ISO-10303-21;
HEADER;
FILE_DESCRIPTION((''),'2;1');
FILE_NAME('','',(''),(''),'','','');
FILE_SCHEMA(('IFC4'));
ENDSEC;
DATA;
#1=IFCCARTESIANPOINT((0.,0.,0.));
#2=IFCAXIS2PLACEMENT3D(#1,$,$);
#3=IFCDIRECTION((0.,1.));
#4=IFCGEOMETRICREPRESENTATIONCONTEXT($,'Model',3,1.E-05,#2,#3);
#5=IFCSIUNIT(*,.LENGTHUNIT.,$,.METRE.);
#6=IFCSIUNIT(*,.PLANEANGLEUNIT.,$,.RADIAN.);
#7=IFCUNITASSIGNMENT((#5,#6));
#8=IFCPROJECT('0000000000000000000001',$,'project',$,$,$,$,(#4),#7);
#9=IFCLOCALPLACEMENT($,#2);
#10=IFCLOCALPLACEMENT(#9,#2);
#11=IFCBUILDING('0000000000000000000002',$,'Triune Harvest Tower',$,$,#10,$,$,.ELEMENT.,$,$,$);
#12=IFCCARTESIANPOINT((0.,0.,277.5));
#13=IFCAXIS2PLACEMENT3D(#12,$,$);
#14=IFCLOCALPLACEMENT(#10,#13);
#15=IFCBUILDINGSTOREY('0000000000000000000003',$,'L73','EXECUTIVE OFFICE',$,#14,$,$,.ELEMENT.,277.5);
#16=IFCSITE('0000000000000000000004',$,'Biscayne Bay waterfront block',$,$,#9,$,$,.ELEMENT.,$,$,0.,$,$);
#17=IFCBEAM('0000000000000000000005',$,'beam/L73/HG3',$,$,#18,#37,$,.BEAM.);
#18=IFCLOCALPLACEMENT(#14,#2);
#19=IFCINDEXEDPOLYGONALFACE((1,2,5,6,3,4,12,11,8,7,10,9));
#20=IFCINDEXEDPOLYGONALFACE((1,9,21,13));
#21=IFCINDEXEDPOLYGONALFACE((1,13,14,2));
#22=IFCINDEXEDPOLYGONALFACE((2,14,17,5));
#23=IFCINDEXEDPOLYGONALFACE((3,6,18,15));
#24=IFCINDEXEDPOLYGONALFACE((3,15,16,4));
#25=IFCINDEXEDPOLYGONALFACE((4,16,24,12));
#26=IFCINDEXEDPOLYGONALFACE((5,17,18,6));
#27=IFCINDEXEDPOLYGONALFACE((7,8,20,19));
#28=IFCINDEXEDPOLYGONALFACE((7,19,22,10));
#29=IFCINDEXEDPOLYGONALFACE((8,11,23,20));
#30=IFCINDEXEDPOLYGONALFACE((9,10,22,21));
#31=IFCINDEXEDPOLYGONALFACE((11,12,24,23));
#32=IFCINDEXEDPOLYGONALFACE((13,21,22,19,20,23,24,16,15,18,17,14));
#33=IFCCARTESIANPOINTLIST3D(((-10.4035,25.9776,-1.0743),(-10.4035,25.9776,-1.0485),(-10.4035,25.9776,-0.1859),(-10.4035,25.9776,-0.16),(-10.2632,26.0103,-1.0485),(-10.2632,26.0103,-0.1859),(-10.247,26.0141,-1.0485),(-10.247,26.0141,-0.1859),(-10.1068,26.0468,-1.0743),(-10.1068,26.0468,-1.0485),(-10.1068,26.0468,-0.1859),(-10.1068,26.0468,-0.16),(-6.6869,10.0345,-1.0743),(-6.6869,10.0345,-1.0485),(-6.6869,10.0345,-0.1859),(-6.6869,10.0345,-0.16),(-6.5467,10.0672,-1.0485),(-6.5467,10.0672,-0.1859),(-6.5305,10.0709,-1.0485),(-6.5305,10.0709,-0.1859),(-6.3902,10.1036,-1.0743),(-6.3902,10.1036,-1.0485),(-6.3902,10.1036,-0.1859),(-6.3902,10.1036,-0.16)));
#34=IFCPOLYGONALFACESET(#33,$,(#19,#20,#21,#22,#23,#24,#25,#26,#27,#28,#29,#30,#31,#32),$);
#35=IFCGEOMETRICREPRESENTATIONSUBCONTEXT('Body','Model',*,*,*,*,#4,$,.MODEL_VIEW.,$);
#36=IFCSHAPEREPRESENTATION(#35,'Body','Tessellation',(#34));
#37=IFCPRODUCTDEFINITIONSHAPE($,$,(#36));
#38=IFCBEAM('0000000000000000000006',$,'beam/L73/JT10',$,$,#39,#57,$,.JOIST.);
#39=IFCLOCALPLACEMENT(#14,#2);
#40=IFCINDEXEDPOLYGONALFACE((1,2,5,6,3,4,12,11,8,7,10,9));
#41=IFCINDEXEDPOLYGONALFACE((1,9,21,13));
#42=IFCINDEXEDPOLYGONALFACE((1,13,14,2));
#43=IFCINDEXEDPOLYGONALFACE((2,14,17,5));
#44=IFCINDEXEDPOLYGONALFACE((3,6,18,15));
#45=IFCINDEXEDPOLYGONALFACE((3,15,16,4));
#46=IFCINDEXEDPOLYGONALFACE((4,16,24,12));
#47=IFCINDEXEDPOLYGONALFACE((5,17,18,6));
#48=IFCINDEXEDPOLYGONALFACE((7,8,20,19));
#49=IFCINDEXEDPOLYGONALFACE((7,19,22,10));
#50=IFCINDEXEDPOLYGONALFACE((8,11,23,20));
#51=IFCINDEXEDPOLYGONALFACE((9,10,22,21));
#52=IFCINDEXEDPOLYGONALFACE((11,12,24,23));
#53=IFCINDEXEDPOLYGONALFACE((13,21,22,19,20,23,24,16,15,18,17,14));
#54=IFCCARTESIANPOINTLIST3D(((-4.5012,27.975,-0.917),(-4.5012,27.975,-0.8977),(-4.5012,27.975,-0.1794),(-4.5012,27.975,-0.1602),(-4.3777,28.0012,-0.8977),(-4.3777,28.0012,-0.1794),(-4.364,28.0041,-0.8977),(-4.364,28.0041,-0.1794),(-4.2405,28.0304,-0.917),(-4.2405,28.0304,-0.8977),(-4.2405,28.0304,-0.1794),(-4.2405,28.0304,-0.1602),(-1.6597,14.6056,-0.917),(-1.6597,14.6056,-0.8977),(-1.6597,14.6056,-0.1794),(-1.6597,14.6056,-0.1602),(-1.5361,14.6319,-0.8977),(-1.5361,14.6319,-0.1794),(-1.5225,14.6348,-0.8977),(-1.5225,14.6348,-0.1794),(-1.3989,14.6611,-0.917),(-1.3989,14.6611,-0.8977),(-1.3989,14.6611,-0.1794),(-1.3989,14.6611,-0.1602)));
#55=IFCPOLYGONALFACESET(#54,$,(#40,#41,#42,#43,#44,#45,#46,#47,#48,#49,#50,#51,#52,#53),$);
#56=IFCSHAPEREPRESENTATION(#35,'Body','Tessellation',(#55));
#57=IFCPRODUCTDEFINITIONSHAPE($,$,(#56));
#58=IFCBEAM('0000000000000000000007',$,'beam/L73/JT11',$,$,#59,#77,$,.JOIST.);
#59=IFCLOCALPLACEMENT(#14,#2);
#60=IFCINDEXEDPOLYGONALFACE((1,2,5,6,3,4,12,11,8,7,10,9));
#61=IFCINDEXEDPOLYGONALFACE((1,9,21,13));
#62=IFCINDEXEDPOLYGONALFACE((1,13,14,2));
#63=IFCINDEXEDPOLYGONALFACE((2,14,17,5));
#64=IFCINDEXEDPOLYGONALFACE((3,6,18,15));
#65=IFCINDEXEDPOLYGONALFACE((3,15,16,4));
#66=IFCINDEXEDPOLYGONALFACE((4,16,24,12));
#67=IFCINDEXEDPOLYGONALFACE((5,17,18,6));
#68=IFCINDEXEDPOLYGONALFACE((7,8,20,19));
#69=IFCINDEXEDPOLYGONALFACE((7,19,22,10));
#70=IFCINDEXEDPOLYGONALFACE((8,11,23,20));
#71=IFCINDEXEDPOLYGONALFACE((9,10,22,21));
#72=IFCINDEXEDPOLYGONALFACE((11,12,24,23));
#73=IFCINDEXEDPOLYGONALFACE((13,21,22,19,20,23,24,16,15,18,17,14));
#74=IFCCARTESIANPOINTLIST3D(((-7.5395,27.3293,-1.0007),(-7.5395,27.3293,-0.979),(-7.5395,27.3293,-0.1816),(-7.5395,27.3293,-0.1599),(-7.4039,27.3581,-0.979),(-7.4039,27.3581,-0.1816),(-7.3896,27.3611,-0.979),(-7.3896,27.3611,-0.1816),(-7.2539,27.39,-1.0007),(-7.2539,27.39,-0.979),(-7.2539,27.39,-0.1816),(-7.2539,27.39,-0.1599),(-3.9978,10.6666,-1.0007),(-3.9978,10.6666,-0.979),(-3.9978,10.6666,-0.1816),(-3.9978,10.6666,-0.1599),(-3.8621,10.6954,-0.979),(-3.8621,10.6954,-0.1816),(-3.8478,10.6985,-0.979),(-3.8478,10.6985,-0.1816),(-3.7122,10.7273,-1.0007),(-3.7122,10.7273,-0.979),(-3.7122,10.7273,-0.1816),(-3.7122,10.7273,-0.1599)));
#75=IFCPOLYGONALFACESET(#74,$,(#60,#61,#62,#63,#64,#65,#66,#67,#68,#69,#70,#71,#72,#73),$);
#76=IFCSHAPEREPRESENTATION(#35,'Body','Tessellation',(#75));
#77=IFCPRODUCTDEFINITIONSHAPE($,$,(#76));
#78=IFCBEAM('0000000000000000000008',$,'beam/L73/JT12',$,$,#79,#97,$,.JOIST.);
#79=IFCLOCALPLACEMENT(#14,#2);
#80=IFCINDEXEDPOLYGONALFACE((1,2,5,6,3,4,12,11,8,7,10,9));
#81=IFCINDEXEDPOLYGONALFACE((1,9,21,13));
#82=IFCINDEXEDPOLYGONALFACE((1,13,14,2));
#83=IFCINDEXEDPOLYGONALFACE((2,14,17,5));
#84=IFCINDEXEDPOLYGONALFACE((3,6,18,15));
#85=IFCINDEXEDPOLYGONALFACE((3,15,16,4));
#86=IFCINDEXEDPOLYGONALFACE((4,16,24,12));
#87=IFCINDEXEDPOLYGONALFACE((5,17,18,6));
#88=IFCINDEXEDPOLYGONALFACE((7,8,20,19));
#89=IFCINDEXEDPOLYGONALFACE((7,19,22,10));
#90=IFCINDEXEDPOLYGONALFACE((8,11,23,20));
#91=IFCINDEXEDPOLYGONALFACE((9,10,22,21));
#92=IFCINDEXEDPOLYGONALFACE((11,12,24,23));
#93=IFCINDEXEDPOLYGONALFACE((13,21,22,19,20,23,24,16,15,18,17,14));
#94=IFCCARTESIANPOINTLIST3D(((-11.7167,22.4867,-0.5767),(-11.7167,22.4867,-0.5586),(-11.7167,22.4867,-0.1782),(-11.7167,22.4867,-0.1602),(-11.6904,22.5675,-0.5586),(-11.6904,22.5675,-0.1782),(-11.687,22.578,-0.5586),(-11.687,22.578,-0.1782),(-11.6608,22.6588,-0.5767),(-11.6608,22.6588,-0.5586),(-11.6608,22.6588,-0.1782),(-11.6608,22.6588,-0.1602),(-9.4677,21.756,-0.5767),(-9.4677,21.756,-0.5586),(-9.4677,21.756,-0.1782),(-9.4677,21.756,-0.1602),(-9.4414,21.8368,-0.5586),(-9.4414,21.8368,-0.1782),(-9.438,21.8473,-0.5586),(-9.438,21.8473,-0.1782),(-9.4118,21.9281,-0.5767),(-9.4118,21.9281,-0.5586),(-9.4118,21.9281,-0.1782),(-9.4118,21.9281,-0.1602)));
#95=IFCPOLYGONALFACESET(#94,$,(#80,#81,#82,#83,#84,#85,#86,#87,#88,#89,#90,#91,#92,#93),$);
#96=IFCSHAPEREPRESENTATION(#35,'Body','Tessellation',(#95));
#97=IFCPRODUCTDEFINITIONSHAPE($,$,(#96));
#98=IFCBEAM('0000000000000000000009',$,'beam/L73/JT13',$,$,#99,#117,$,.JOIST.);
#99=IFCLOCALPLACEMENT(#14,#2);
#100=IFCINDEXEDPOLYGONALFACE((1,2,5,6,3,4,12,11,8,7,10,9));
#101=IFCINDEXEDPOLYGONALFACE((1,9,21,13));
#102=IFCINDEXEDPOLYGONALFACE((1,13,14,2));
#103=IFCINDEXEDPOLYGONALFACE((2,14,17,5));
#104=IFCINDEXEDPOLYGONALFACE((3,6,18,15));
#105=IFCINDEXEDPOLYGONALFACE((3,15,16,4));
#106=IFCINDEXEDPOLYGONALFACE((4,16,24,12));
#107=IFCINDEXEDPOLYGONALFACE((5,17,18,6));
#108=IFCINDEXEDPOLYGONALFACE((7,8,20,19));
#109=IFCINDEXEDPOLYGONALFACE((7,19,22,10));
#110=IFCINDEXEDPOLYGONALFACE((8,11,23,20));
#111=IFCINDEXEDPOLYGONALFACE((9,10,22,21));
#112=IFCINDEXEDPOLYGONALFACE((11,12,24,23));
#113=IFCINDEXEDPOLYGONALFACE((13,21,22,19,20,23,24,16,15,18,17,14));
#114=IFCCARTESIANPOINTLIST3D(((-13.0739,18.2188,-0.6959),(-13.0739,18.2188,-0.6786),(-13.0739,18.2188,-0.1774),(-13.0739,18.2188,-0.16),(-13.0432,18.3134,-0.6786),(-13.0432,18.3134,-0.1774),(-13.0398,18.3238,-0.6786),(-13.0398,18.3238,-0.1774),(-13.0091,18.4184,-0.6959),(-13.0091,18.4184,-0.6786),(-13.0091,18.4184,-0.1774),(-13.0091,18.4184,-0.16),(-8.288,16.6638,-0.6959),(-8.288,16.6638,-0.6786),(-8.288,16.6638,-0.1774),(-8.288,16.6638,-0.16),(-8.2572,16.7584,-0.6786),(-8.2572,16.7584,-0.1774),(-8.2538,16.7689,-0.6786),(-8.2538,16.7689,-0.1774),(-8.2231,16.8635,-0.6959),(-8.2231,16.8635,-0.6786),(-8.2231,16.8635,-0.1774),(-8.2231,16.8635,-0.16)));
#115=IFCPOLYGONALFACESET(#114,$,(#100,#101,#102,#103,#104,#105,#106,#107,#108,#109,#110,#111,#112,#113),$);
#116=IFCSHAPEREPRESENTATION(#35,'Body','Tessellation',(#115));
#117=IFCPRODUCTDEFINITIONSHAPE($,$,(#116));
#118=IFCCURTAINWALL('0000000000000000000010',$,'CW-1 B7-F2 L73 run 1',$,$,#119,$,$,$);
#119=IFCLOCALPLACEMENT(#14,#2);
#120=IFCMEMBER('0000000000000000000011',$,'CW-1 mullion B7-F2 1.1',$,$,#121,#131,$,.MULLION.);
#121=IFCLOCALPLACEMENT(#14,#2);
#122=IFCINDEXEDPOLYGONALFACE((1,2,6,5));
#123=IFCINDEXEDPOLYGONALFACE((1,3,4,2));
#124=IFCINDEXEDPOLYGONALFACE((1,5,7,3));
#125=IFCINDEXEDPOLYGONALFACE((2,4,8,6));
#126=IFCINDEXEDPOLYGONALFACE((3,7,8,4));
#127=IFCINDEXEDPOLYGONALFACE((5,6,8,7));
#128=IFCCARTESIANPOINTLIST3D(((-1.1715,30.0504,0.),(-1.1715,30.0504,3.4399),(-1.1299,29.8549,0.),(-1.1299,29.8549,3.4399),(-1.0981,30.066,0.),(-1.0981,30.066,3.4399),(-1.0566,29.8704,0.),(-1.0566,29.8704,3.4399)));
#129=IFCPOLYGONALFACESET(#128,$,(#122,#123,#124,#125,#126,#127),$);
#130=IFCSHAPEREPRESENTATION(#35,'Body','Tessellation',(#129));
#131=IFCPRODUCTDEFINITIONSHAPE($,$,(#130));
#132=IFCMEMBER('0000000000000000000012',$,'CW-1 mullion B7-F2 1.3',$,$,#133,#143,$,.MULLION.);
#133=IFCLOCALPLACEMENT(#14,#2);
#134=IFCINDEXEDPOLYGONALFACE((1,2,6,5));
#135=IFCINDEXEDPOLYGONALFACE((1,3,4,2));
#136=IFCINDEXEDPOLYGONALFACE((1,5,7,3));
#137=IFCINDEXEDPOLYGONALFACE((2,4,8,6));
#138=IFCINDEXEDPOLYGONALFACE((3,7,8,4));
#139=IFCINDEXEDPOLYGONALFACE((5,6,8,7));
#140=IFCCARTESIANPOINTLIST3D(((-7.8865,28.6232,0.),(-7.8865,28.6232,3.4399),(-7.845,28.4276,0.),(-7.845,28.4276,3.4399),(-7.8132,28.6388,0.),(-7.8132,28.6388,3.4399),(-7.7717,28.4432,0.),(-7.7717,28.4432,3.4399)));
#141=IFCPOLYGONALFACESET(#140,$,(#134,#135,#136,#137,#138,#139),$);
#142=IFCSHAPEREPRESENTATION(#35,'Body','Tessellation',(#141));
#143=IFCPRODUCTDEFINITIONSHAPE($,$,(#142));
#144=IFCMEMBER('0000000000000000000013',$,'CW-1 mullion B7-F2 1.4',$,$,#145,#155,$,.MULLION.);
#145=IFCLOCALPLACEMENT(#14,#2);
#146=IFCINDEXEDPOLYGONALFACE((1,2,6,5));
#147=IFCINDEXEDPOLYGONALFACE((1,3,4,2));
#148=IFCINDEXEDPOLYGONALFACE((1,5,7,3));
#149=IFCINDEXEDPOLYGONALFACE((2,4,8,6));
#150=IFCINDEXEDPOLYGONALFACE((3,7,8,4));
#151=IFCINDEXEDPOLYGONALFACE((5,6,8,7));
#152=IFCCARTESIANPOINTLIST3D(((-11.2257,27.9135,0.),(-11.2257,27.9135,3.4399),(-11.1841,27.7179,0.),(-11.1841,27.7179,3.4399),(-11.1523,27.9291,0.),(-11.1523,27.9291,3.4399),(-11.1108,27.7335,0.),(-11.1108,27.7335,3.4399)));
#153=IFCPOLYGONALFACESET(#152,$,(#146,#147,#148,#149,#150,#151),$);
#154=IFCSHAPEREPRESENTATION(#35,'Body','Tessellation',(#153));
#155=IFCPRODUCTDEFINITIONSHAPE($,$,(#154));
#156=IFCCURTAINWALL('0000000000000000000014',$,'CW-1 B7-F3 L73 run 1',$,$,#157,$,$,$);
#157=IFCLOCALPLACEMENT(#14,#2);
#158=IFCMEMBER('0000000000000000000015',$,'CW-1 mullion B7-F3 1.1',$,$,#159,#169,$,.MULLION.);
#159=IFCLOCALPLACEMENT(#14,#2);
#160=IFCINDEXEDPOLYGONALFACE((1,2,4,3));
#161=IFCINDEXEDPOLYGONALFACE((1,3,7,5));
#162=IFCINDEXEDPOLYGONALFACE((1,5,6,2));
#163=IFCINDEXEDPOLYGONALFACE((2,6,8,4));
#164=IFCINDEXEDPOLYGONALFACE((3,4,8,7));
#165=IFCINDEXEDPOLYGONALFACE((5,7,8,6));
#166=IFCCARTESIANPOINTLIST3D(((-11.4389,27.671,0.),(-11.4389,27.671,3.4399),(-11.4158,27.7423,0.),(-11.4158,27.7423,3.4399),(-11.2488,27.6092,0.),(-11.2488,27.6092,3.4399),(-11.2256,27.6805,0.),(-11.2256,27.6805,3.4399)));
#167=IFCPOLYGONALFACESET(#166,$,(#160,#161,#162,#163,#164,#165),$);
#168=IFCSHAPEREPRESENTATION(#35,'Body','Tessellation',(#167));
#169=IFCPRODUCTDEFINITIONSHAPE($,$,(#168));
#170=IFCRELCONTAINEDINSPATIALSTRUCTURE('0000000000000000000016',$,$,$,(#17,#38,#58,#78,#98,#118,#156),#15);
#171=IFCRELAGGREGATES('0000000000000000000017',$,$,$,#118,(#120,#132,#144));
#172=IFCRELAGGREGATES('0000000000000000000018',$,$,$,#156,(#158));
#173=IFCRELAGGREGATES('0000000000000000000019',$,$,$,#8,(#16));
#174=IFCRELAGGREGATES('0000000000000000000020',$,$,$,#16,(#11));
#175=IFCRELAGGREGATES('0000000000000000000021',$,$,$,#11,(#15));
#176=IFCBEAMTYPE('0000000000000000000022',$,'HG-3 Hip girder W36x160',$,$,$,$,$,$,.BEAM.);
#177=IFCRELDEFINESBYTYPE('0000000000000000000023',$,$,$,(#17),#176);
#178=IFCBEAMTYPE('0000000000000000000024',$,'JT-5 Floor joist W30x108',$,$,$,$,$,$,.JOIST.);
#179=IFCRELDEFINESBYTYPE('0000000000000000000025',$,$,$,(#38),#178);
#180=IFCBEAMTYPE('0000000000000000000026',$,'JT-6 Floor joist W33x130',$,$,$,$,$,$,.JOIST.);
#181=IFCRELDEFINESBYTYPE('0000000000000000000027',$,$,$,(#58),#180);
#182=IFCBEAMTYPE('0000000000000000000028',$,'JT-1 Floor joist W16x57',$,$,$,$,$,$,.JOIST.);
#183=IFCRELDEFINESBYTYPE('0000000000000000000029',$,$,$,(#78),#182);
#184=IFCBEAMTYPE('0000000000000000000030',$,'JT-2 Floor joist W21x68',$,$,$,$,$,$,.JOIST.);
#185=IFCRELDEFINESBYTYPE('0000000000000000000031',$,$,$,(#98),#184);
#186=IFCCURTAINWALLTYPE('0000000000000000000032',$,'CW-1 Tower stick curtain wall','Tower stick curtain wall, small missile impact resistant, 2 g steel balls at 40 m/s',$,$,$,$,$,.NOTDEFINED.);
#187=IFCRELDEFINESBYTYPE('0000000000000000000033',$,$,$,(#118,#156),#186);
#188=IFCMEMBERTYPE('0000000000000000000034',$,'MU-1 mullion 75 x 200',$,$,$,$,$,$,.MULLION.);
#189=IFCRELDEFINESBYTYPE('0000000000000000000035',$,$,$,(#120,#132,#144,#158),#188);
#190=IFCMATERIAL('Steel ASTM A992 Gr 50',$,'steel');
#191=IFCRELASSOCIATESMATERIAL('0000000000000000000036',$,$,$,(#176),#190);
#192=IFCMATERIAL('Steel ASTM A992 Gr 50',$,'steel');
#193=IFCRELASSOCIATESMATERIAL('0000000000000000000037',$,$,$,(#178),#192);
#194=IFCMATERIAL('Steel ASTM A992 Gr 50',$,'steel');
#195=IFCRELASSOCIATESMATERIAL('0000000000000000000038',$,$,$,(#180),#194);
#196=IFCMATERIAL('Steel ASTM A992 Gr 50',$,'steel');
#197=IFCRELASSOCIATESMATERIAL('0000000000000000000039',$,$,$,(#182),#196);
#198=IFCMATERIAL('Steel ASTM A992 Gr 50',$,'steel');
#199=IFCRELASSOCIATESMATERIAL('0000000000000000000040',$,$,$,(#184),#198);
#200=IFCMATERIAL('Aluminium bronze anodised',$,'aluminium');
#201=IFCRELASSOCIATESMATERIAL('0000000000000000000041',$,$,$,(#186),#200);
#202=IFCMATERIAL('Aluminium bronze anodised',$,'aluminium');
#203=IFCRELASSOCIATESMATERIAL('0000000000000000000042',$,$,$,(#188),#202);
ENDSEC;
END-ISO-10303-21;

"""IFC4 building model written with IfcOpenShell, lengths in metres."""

from ifc_helpers import new_model, si_unit, direction, frame, origin, origin_2d, place, context, subcontext, project, spatial, rectangle, i_section, extrude, source, transform, mapped, material, material_profile, profile_set, type_object, element, aggregate, save


model = new_model("IFC4")

# Units and contexts
model_context = context("Model", 3, precision=1e-05, world=origin(), true_north=direction((0.0, 1.0)))
body_context = subcontext(model_context, "Body", "Model", "MODEL_VIEW")
ifc_project = project(units=[si_unit("LENGTHUNIT", "METRE"), si_unit("PLANEANGLEUNIT", "RADIAN")], contexts=[model_context])

# Site, building, storey
site_placement = place(None, origin())
site = spatial("IfcSite", under=ifc_project, at=site_placement, Name="Biscayne Bay waterfront block", CompositionType="ELEMENT", RefElevation=0.0)
building_placement = place(site_placement, origin())
building = spatial("IfcBuilding", under=site, at=building_placement, Name="Triune Harvest Tower", CompositionType="ELEMENT")
storey_placement = place(building_placement, frame((0.0, 0.0, 277.5)))
storey = spatial("IfcBuildingStorey", under=building, at=storey_placement, Name="L73", Description="EXECUTIVE OFFICE", CompositionType="ELEMENT", Elevation=277.5)

# Beams
ifc_material_1 = material(Name="Steel ASTM A992 Gr 50", Category="steel")
ifc_material_profile_1 = material_profile(ifc_material_1, i_section(OverallWidth=0.3047, OverallDepth=0.9143, WebThickness=0.0166, FlangeThickness=0.0259, at=origin_2d()), Name="W36x160")
ifc_profile_set_1 = profile_set([ifc_material_profile_1], Name="Steel ASTM A992 Gr 50")
beam_type_1 = type_object("IfcBeamType", Name="HG-3 Hip girder W36x160", PredefinedType="BEAM", material=ifc_profile_set_1)
shared_shape_1 = source(origin(), body_context, "Body", "SweptSolid", [
    extrude(i_section(OverallWidth=0.3047, OverallDepth=0.9143, WebThickness=0.0166, FlangeThickness=0.0259, at=origin_2d()), origin(), (0.0, 0.0, 1.0), 16.3706),
])
beam_1_placement = place(storey_placement, frame((-10.2551, 26.0122, -0.6172), z_axis=(0.227026, -0.973889, 0.0), x_axis=(0.973889, 0.227026, 0.0)))
element("IfcBeam", 1, at=beam_1_placement, inside=storey, type_object=beam_type_1, Name="beam/L73/HG3", PredefinedType="BEAM", context=body_context, shape_type="MappedRepresentation", body=[
    mapped(shared_shape_1, transform((0.0, 0.0, 0.0), scale=1.0)),
])
ifc_material_2 = material(Name="Steel ASTM A992 Gr 50", Category="steel")
ifc_material_profile_2 = material_profile(ifc_material_2, i_section(OverallWidth=0.2666, OverallDepth=0.7568, WebThickness=0.0139, FlangeThickness=0.0193, at=origin_2d()), Name="W30x108")
ifc_profile_set_2 = profile_set([ifc_material_profile_2], Name="Steel ASTM A992 Gr 50")
beam_type_2 = type_object("IfcBeamType", Name="JT-5 Floor joist W30x108", PredefinedType="JOIST", material=ifc_profile_set_2)
shared_shape_2 = source(origin(), body_context, "Body", "SweptSolid", [
    extrude(i_section(OverallWidth=0.2666, OverallDepth=0.7568, WebThickness=0.0139, FlangeThickness=0.0193, at=origin_2d()), origin(), (0.0, 0.0, 1.0), 13.668),
])
beam_2_placement = place(storey_placement, frame((-4.3708, 28.0027, -0.5386), z_axis=(0.207898, -0.978151, 0.0), x_axis=(0.978151, 0.207898, 0.0)))
element("IfcBeam", 2, at=beam_2_placement, inside=storey, type_object=beam_type_2, Name="beam/L73/JT10", PredefinedType="JOIST", context=body_context, shape_type="MappedRepresentation", body=[
    mapped(shared_shape_2, transform((0.0, 0.0, 0.0), scale=1.0)),
])
ifc_material_3 = material(Name="Steel ASTM A992 Gr 50", Category="steel")
ifc_material_profile_3 = material_profile(ifc_material_3, i_section(OverallWidth=0.292, OverallDepth=0.8408, WebThickness=0.0146, FlangeThickness=0.0217, at=origin_2d()), Name="W33x130")
ifc_profile_set_3 = profile_set([ifc_material_profile_3], Name="Steel ASTM A992 Gr 50")
beam_type_3 = type_object("IfcBeamType", Name="JT-6 Floor joist W33x130", PredefinedType="JOIST", material=ifc_profile_set_3)
shared_shape_3 = source(origin(), body_context, "Body", "SweptSolid", [
    extrude(i_section(OverallWidth=0.292, OverallDepth=0.8408, WebThickness=0.0146, FlangeThickness=0.0217, at=origin_2d()), origin(), (0.0, 0.0, 1.0), 17.0349),
])
beam_3_placement = place(storey_placement, frame((-7.3967, 27.3596, -0.5803), z_axis=(0.207912, -0.978148, 0.0), x_axis=(0.978148, 0.207912, 0.0)))
element("IfcBeam", 3, at=beam_3_placement, inside=storey, type_object=beam_type_3, Name="beam/L73/JT11", PredefinedType="JOIST", context=body_context, shape_type="MappedRepresentation", body=[
    mapped(shared_shape_3, transform((0.0, 0.0, 0.0), scale=1.0)),
])
ifc_material_4 = material(Name="Steel ASTM A992 Gr 50", Category="steel")
ifc_material_profile_4 = material_profile(ifc_material_4, i_section(OverallWidth=0.1809, OverallDepth=0.4165, WebThickness=0.011, FlangeThickness=0.0181, at=origin_2d()), Name="W16x57")
ifc_profile_set_4 = profile_set([ifc_material_profile_4], Name="Steel ASTM A992 Gr 50")
beam_type_4 = type_object("IfcBeamType", Name="JT-1 Floor joist W16x57", PredefinedType="JOIST", material=ifc_profile_set_4)
shared_shape_4 = source(origin(), body_context, "Body", "SweptSolid", [
    extrude(i_section(OverallWidth=0.1809, OverallDepth=0.4165, WebThickness=0.011, FlangeThickness=0.0181, at=origin_2d()), origin(), (0.0, 0.0, 1.0), 2.3647),
])
beam_4_placement = place(storey_placement, frame((-11.6887, 22.5728, -0.3684), z_axis=(0.951061, -0.309002, 0.0), x_axis=(0.309002, 0.951061, 0.0)))
element("IfcBeam", 4, at=beam_4_placement, inside=storey, type_object=beam_type_4, Name="beam/L73/JT12", PredefinedType="JOIST", context=body_context, shape_type="MappedRepresentation", body=[
    mapped(shared_shape_4, transform((0.0, 0.0, 0.0), scale=1.0)),
])
ifc_material_5 = material(Name="Steel ASTM A992 Gr 50", Category="steel")
ifc_material_profile_5 = material_profile(ifc_material_5, i_section(OverallWidth=0.21, OverallDepth=0.5359, WebThickness=0.011, FlangeThickness=0.0173, at=origin_2d()), Name="W21x68")
ifc_profile_set_5 = profile_set([ifc_material_profile_5], Name="Steel ASTM A992 Gr 50")
beam_type_5 = type_object("IfcBeamType", Name="JT-2 Floor joist W21x68", PredefinedType="JOIST", material=ifc_profile_set_5)
shared_shape_5 = source(origin(), body_context, "Body", "SweptSolid", [
    extrude(i_section(OverallWidth=0.21, OverallDepth=0.5359, WebThickness=0.011, FlangeThickness=0.0173, at=origin_2d()), origin(), (0.0, 0.0, 1.0), 5.0322),
])
beam_5_placement = place(storey_placement, frame((-13.0415, 18.3186, -0.428), z_axis=(0.951062, -0.308999, 0.0), x_axis=(0.308999, 0.951062, 0.0)))
element("IfcBeam", 5, at=beam_5_placement, inside=storey, type_object=beam_type_5, Name="beam/L73/JT13", PredefinedType="JOIST", context=body_context, shape_type="MappedRepresentation", body=[
    mapped(shared_shape_5, transform((0.0, 0.0, 0.0), scale=1.0)),
])

# Curtain walls, members
ifc_material_6 = material(Name="Aluminium bronze anodised", Category="aluminium")
curtain_wall_type_1 = type_object("IfcCurtainWallType", Name="CW-1 Tower stick curtain wall", Description="Tower stick curtain wall, small missile impact resistant, 2 g steel balls at 40 m/s", PredefinedType="NOTDEFINED", material=ifc_material_6)
curtain_wall_1_placement = place(storey_placement, origin())
curtain_wall_1 = element("IfcCurtainWall", 6, at=curtain_wall_1_placement, inside=storey, type_object=curtain_wall_type_1, Name="CW-1 B7-F2 L73 run 1")
ifc_material_7 = material(Name="Aluminium bronze anodised", Category="aluminium")
ifc_material_profile_6 = material_profile(ifc_material_7, rectangle(XDim=0.2, YDim=0.075, at=origin_2d()), Name="MU-1 mullion 75 x 200")
ifc_profile_set_6 = profile_set([ifc_material_profile_6], Name="Aluminium bronze anodised")
member_type_1 = type_object("IfcMemberType", Name="MU-1 mullion 75 x 200", PredefinedType="MULLION", material=ifc_profile_set_6)
shared_shape_6 = source(origin(), body_context, "Body", "SweptSolid", [
    extrude(rectangle(XDim=0.2, YDim=0.075, at=origin_2d()), origin(), (0.0, 0.0, 1.0), 3.4399),
])
member_1_placement = place(storey_placement, frame((-1.114, 29.9604, 0.0), z_axis=(0.0, 0.0, 1.0), x_axis=(0.207905, -0.978149, 0.0)))
member_1 = element("IfcMember", 7, at=member_1_placement, type_object=member_type_1, Name="CW-1 mullion B7-F2 1.1", PredefinedType="MULLION", context=body_context, shape_type="MappedRepresentation", body=[
    mapped(shared_shape_6, transform((0.0, 0.0, 0.0), scale=1.0)),
])
member_2_placement = place(storey_placement, frame((-7.8291, 28.5332, 0.0), z_axis=(0.0, 0.0, 1.0), x_axis=(0.207905, -0.978149, 0.0)))
member_2 = element("IfcMember", 8, at=member_2_placement, type_object=member_type_1, Name="CW-1 mullion B7-F2 1.3", PredefinedType="MULLION", context=body_context, shape_type="MappedRepresentation", body=[
    mapped(shared_shape_6, transform((0.0, 0.0, 0.0), scale=1.0)),
])
member_3_placement = place(storey_placement, frame((-11.1682, 27.8235, 0.0), z_axis=(0.0, 0.0, 1.0), x_axis=(0.207905, -0.978149, 0.0)))
member_3 = element("IfcMember", 9, at=member_3_placement, type_object=member_type_1, Name="CW-1 mullion B7-F2 1.4", PredefinedType="MULLION", context=body_context, shape_type="MappedRepresentation", body=[
    mapped(shared_shape_6, transform((0.0, 0.0, 0.0), scale=1.0)),
])
curtain_wall_2_placement = place(storey_placement, origin())
curtain_wall_2 = element("IfcCurtainWall", 10, at=curtain_wall_2_placement, inside=storey, type_object=curtain_wall_type_1, Name="CW-1 B7-F3 L73 run 1")
member_4_placement = place(storey_placement, frame((-11.3323, 27.6758, 0.0), z_axis=(0.0, 0.0, 1.0), x_axis=(0.951058, -0.309013, 0.0)))
member_4 = element("IfcMember", 11, at=member_4_placement, type_object=member_type_1, Name="CW-1 mullion B7-F3 1.1", PredefinedType="MULLION", context=body_context, shape_type="MappedRepresentation", body=[
    mapped(shared_shape_6, transform((0.0, 0.0, 0.0), scale=1.0)),
])

aggregate(curtain_wall_1, [member_1, member_2, member_3])
aggregate(curtain_wall_2, [member_4])

save(model, "model.ifc")
